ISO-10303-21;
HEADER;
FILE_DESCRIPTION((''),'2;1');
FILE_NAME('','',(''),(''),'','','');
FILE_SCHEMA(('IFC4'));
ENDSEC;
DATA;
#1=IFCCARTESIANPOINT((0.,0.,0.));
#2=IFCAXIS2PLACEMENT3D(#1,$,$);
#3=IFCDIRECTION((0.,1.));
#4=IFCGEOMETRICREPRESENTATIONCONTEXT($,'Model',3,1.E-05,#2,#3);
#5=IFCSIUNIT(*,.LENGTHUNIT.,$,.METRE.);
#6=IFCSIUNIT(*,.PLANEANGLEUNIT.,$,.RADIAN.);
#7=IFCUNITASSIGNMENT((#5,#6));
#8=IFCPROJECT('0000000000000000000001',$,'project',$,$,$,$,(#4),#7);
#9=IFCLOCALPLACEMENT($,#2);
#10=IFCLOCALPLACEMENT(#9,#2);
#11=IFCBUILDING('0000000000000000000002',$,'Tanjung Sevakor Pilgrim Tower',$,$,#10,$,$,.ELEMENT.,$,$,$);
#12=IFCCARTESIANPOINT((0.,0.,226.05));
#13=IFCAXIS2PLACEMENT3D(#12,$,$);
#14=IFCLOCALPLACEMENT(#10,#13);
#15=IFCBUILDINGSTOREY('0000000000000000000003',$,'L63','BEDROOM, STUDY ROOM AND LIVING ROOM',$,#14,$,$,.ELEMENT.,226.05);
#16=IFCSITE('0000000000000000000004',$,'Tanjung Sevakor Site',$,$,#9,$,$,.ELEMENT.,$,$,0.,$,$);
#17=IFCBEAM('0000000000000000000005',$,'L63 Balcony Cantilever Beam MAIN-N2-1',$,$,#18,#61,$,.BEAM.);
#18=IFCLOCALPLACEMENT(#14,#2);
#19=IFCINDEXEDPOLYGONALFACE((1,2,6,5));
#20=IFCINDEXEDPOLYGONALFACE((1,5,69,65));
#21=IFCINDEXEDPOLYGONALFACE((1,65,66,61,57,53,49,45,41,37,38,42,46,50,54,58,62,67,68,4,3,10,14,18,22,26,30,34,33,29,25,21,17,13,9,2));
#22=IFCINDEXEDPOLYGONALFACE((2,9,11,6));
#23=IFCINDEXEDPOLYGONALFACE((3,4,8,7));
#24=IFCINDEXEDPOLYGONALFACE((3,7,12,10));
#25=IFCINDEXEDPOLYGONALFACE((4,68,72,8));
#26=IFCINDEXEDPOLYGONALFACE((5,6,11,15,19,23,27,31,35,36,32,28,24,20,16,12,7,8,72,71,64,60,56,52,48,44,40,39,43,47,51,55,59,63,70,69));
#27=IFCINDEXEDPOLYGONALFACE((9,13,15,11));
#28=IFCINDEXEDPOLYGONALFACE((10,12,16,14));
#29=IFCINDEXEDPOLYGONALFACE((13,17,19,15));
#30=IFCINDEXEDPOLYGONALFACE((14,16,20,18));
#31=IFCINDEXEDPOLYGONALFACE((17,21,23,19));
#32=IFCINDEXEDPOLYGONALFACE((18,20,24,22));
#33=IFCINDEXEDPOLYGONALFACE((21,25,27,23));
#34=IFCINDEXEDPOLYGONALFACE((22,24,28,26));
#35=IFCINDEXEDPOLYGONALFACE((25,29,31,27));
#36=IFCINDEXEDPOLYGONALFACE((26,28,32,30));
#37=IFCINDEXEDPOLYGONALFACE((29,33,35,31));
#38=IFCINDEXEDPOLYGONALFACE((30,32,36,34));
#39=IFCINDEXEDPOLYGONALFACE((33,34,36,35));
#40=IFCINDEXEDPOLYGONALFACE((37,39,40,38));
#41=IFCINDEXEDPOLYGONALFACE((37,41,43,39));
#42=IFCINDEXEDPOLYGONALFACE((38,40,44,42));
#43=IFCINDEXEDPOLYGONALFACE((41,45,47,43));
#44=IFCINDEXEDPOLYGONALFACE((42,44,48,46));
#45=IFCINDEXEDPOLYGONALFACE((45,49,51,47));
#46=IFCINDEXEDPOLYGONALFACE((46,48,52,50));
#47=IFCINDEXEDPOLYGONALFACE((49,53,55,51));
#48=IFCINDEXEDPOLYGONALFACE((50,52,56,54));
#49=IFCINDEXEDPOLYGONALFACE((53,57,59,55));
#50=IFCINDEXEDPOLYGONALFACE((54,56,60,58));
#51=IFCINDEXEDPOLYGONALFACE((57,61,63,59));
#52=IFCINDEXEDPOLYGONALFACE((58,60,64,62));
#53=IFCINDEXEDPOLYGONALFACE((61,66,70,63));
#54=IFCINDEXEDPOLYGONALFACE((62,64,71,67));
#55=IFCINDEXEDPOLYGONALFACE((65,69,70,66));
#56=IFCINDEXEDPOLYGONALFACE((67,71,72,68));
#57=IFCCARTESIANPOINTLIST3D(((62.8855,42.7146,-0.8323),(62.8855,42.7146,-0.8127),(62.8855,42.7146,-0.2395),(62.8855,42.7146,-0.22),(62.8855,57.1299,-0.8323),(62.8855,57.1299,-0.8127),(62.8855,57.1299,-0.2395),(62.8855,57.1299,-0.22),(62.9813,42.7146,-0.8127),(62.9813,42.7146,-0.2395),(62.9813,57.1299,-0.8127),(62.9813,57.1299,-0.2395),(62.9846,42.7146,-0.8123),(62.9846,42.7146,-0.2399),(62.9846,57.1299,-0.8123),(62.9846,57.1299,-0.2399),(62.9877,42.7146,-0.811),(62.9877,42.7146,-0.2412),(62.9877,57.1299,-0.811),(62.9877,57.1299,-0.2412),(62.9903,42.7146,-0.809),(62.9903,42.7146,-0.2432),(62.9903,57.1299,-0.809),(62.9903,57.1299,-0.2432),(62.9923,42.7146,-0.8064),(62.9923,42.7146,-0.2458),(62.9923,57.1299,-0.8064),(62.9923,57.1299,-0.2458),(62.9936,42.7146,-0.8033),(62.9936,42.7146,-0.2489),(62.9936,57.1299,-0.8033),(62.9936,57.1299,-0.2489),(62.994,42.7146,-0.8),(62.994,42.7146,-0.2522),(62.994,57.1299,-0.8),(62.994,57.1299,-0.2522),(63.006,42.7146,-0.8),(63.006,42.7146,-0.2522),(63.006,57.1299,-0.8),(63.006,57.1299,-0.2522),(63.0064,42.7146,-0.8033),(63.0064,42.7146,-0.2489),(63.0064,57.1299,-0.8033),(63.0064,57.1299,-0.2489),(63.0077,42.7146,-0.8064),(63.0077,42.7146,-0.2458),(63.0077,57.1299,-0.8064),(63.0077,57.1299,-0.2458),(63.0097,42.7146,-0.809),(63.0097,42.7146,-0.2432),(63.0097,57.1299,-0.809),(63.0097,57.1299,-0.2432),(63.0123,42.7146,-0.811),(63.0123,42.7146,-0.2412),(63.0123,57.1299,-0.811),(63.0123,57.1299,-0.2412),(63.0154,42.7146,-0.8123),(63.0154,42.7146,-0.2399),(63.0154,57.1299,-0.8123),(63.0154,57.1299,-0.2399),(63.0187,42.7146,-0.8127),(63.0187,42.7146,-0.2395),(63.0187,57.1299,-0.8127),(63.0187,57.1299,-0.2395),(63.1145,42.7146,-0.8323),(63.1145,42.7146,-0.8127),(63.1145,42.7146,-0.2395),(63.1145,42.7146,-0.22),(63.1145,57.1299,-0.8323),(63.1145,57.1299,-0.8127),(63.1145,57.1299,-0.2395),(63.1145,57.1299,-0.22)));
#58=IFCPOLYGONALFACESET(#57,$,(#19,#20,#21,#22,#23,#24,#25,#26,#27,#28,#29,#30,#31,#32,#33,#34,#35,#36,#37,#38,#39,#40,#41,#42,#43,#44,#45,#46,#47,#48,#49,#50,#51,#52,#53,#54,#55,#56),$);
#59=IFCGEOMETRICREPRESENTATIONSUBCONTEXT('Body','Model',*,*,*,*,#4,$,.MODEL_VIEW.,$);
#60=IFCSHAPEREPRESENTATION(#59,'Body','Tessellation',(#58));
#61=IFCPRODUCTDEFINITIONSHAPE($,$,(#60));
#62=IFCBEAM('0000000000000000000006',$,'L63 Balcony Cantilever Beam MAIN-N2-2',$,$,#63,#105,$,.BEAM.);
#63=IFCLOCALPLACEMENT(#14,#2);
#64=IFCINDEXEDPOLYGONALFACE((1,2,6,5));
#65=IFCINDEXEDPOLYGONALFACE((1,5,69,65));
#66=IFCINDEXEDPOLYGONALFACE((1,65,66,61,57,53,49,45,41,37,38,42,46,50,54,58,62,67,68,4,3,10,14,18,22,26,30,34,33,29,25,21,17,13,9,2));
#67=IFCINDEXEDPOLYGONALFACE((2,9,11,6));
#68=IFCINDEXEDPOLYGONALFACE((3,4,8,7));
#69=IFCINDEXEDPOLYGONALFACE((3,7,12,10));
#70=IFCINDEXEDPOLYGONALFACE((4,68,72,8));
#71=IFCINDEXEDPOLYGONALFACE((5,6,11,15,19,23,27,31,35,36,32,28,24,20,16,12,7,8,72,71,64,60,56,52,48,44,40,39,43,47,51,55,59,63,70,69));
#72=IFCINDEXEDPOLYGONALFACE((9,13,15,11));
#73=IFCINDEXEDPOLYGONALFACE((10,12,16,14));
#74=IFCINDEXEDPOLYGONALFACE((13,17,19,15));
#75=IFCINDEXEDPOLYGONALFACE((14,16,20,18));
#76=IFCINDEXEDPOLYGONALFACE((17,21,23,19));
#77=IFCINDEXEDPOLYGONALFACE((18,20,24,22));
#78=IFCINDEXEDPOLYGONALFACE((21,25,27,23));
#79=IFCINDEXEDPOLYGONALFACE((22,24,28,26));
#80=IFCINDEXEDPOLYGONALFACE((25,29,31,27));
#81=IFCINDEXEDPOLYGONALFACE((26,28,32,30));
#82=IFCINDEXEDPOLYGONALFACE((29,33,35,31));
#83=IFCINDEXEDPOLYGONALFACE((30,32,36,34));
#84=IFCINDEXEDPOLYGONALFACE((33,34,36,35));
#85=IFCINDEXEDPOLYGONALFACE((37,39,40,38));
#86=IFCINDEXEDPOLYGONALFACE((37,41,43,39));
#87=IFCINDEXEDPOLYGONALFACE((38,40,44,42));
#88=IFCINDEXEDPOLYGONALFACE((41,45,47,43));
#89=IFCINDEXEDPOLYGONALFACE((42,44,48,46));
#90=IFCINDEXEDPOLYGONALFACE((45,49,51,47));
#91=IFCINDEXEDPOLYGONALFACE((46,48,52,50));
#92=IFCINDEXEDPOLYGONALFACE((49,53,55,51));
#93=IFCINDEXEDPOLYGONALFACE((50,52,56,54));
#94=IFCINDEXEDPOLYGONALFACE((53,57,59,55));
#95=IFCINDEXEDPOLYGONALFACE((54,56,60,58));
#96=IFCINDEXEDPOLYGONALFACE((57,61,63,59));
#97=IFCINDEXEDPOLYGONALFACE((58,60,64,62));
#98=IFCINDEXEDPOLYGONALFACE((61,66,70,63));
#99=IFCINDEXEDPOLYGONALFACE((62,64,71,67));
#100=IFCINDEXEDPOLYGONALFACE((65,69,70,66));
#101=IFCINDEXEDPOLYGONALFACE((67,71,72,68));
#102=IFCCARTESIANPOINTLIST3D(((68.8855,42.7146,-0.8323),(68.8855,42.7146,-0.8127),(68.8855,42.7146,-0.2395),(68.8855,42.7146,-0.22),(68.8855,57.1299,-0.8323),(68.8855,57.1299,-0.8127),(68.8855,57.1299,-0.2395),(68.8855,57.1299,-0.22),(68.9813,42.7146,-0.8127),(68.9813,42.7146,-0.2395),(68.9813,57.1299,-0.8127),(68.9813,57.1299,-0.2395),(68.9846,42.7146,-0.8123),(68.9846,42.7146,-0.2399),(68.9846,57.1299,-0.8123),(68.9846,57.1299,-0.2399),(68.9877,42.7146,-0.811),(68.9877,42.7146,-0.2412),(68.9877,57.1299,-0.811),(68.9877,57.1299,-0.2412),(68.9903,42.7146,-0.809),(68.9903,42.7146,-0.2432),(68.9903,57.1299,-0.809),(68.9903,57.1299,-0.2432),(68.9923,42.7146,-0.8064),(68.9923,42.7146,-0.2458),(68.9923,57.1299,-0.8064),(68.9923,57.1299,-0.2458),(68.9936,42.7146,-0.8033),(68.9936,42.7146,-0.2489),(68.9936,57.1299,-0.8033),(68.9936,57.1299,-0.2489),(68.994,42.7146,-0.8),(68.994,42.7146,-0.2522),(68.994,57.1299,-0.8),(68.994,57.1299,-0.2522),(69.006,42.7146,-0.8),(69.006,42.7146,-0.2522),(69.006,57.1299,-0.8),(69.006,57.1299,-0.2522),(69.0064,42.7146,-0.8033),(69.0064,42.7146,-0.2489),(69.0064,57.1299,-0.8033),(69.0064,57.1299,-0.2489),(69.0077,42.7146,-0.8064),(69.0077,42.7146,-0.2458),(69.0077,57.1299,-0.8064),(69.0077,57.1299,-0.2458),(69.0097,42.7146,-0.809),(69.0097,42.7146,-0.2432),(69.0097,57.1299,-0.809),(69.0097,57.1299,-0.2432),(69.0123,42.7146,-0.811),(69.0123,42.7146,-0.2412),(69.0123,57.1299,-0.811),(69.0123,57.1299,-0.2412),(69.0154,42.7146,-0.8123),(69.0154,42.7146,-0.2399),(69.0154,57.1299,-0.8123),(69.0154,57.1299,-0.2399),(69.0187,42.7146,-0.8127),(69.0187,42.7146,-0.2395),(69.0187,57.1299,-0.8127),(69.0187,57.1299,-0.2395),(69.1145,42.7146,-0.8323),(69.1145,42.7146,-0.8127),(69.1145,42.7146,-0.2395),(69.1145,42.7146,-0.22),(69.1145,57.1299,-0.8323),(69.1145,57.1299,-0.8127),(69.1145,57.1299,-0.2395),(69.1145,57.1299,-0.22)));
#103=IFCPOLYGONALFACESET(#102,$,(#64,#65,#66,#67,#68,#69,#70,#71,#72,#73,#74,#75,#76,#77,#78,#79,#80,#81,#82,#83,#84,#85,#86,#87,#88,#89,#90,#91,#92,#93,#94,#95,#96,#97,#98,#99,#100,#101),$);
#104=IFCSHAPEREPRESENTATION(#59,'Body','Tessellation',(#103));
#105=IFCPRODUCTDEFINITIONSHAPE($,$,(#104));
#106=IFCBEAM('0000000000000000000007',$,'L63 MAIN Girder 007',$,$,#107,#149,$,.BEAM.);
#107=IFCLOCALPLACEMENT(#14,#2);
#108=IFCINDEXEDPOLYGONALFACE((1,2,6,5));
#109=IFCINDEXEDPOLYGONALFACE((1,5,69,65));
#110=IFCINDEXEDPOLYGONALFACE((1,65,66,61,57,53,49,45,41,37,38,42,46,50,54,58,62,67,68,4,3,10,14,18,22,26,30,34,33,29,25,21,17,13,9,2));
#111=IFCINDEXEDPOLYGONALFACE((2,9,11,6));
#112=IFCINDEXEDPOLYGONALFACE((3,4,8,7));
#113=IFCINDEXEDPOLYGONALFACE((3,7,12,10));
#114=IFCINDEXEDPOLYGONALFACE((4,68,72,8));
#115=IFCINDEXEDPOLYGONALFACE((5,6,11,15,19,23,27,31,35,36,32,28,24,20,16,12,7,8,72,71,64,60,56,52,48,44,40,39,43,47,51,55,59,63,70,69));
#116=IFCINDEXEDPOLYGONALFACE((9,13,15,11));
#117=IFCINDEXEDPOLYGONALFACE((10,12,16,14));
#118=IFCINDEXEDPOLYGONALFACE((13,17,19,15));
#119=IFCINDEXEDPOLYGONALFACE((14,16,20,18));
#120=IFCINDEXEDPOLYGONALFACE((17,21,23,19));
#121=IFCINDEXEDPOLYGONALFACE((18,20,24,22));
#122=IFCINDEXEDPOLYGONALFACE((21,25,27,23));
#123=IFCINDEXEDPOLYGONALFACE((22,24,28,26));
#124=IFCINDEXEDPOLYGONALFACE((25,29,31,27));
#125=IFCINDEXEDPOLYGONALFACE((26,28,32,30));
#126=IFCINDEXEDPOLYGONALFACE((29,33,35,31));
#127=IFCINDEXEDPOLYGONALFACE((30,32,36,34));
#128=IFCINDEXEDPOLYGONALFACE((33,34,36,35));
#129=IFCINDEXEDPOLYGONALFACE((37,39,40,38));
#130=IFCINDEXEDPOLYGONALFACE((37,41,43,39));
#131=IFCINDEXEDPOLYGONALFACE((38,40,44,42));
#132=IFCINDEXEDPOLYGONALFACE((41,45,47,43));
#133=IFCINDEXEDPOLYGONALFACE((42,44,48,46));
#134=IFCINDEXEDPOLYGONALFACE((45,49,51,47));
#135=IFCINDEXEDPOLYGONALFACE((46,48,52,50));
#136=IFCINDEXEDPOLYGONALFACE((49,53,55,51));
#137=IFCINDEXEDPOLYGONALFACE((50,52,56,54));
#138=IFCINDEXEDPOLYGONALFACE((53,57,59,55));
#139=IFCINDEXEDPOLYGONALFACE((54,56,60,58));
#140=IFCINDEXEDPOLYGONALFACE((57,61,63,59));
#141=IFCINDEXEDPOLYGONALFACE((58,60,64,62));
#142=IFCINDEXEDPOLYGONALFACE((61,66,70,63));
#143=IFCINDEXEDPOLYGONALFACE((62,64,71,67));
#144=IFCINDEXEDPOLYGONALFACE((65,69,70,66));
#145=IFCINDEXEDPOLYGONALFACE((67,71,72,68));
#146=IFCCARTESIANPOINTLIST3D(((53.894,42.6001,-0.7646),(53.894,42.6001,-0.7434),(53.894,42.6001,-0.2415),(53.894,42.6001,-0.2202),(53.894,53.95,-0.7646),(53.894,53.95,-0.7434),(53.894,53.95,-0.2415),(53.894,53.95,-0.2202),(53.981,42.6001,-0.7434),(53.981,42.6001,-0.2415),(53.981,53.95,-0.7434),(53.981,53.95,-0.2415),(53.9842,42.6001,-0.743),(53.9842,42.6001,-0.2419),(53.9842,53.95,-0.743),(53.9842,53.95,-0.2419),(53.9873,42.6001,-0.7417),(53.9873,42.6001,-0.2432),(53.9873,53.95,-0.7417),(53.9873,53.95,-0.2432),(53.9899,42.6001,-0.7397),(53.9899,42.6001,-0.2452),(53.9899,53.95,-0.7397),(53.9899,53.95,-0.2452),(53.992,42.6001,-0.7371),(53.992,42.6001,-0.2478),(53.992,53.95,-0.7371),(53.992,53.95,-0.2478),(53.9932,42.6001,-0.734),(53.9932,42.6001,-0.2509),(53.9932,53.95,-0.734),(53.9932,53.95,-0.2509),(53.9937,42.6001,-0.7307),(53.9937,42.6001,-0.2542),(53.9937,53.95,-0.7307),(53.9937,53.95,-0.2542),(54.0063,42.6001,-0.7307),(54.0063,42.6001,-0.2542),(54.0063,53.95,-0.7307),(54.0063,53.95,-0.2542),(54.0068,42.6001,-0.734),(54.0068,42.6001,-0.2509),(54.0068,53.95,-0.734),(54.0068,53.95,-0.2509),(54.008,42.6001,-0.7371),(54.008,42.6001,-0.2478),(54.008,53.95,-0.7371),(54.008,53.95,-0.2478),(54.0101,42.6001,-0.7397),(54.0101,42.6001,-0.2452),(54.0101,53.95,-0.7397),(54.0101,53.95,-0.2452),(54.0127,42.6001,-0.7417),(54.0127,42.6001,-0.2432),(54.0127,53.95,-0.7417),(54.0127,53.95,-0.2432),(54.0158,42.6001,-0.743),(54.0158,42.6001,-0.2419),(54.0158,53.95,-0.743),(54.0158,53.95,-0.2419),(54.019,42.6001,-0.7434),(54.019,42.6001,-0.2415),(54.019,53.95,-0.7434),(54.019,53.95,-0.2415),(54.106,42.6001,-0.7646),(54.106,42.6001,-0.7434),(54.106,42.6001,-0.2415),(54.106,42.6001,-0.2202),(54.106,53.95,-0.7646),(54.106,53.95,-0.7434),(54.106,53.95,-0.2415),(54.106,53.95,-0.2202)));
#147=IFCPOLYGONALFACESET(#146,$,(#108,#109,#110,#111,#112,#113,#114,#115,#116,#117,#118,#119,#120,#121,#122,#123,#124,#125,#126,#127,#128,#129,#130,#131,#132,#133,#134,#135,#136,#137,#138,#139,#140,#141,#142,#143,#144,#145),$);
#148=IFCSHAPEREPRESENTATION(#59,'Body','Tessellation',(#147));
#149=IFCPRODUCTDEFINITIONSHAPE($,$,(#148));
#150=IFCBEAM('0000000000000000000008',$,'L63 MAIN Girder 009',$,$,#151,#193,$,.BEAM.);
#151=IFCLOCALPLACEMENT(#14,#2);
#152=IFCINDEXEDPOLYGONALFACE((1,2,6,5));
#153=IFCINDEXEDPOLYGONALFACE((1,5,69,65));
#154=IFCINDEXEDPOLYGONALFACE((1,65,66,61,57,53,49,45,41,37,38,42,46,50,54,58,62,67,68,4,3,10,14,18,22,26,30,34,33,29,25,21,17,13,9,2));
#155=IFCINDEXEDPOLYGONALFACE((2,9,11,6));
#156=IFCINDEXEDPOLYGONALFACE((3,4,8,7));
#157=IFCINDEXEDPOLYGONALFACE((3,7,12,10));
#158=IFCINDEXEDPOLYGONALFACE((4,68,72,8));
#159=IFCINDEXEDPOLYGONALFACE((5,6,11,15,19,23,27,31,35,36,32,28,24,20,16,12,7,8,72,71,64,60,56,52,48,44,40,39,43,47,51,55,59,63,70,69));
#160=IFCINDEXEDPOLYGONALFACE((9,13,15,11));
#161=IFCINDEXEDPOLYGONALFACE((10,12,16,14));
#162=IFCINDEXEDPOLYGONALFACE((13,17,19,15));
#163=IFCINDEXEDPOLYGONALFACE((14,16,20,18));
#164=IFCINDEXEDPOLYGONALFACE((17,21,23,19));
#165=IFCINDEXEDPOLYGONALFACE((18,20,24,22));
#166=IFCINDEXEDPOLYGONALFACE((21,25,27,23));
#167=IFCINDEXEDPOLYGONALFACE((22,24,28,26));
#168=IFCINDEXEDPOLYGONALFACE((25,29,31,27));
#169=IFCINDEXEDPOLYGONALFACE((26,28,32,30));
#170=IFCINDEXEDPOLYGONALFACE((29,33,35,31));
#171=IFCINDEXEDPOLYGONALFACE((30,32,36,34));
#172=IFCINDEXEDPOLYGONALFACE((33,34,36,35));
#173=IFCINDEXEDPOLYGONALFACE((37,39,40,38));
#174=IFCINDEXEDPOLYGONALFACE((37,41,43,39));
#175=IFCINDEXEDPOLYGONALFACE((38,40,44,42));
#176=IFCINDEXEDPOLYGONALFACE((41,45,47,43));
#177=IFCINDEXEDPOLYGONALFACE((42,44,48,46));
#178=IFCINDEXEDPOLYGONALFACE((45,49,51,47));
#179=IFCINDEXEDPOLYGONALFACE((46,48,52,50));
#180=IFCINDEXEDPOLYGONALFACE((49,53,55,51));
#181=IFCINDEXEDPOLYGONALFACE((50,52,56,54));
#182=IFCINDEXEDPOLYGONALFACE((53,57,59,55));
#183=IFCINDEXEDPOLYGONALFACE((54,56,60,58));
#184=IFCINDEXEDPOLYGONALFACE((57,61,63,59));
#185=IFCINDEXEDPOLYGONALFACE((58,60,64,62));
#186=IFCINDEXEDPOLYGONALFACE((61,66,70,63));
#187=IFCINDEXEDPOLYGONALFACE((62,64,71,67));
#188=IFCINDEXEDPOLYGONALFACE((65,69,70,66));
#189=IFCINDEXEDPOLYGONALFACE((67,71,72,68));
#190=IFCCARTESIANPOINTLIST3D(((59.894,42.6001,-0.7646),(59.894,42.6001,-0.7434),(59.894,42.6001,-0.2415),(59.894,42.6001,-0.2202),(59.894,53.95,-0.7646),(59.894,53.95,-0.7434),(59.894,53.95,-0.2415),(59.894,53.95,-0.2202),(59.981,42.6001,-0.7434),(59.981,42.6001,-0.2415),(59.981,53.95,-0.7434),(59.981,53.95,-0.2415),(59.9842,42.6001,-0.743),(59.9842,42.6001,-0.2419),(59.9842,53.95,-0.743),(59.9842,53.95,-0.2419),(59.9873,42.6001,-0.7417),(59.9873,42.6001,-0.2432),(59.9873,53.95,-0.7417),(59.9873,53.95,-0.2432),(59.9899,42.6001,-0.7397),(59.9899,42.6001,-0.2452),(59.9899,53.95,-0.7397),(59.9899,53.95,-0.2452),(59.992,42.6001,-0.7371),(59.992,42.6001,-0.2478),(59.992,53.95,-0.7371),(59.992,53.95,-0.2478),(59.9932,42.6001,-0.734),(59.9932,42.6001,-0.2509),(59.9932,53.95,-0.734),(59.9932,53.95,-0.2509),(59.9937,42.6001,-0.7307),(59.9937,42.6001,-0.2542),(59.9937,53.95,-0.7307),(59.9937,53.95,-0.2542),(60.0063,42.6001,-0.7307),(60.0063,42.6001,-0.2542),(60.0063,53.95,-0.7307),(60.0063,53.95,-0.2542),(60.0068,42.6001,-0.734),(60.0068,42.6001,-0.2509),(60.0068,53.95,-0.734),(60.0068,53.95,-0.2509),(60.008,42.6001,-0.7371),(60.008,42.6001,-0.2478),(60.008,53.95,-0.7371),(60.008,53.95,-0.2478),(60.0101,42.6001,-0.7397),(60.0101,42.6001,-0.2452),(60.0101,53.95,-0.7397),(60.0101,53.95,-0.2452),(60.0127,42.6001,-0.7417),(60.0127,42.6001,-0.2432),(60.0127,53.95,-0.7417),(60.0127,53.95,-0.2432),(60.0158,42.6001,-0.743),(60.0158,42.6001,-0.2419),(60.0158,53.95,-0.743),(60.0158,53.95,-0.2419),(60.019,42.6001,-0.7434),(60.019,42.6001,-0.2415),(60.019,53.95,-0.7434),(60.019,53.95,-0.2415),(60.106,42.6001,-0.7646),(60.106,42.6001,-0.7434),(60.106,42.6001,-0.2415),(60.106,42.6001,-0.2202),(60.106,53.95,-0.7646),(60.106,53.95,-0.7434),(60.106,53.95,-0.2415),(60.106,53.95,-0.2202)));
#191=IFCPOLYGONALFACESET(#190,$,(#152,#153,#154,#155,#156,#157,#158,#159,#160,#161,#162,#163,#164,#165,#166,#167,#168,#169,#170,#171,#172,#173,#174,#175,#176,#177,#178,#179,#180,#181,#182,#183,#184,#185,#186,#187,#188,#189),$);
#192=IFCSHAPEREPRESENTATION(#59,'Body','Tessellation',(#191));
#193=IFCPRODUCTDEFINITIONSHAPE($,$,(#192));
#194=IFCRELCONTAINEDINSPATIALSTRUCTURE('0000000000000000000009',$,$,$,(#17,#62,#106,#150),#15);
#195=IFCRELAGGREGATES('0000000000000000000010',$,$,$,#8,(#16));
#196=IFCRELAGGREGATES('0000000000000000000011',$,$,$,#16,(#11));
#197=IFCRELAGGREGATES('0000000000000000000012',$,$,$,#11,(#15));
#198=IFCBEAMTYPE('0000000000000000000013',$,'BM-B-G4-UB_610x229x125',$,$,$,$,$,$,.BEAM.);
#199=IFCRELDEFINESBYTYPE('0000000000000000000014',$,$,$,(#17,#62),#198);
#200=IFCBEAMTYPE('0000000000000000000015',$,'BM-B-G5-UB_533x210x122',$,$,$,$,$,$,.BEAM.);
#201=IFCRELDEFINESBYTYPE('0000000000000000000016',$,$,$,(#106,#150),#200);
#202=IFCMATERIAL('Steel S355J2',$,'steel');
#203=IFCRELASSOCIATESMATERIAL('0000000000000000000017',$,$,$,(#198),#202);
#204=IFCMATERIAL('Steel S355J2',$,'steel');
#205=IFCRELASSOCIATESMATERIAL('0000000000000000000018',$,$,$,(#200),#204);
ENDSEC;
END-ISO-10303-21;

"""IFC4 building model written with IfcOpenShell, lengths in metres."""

from ifc_helpers import new_model, si_unit, direction, frame, origin, origin_2d, place, context, subcontext, project, spatial, i_section, extrude, material, material_profile, profile_set, type_object, element, save


model = new_model("IFC4")

# Units and contexts
model_context = context("Model", 3, precision=1e-05, world=origin(), true_north=direction((0.0, 1.0)))
body_context = subcontext(model_context, "Body", "Model", "MODEL_VIEW")
ifc_project = project(units=[si_unit("LENGTHUNIT", "METRE"), si_unit("PLANEANGLEUNIT", "RADIAN")], contexts=[model_context])

# Site, building, storey
site_placement = place(None, origin())
site = spatial("IfcSite", under=ifc_project, at=site_placement, Name="Tanjung Sevakor Site", CompositionType="ELEMENT", RefElevation=0.0)
building_placement = place(site_placement, origin())
building = spatial("IfcBuilding", under=site, at=building_placement, Name="Tanjung Sevakor Pilgrim Tower", CompositionType="ELEMENT")
storey_placement = place(building_placement, frame((0.0, 0.0, 226.05)))
storey = spatial("IfcBuildingStorey", under=building, at=storey_placement, Name="L63", Description="BEDROOM, STUDY ROOM AND LIVING ROOM", CompositionType="ELEMENT", Elevation=226.05)

# Beams
ifc_material_1 = material(Name="Steel S355J2", Category="steel")
ifc_material_profile_1 = material_profile(ifc_material_1, i_section(OverallWidth=0.229, OverallDepth=0.6123, WebThickness=0.012, FlangeThickness=0.0195, FilletRadius=0.0127, at=origin_2d()))
ifc_profile_set_1 = profile_set([ifc_material_profile_1], Name="Steel S355J2")
beam_type_1 = type_object("IfcBeamType", Name="BM-B-G4-UB_610x229x125", PredefinedType="BEAM", material=ifc_profile_set_1)
for number, where, z_axis, x_axis, name in (
    (1, (63.0, 42.7146, -0.5261), (0.0, 1.0, 0.0), (-1.0, 0.0, 0.0), "L63 Balcony Cantilever Beam MAIN-N2-1"),
    (2, (69.0, 42.7146, -0.5261), (0.0, 1.0, 0.0), (-1.0, 0.0, 0.0), "L63 Balcony Cantilever Beam MAIN-N2-2"),
):
    element("IfcBeam", number, at=place(storey_placement, frame(where, z_axis=z_axis, x_axis=x_axis)), inside=storey, type_object=beam_type_1, Name=name, PredefinedType="BEAM", context=body_context, shape_type="SweptSolid", body=[
        extrude(i_section(OverallWidth=0.229, OverallDepth=0.6123, WebThickness=0.012, FlangeThickness=0.0195, FilletRadius=0.0127, at=origin_2d()), origin(), (0.0, 0.0, 1.0), 14.4153),
    ])
ifc_material_2 = material(Name="Steel S355J2", Category="steel")
ifc_material_profile_2 = material_profile(ifc_material_2, i_section(OverallWidth=0.2119, OverallDepth=0.5444, WebThickness=0.0127, FlangeThickness=0.0212, FilletRadius=0.0127, at=origin_2d()))
ifc_profile_set_2 = profile_set([ifc_material_profile_2], Name="Steel S355J2")
beam_type_2 = type_object("IfcBeamType", Name="BM-B-G5-UB_533x210x122", PredefinedType="BEAM", material=ifc_profile_set_2)
for number, where, z_axis, x_axis, name in (
    (3, (54.0, 42.6001, -0.4924), (0.0, 1.0, 0.0), (-1.0, 0.0, 0.0), "L63 MAIN Girder 007"),
    (4, (60.0, 42.6001, -0.4924), (0.0, 1.0, 0.0), (-1.0, 0.0, 0.0), "L63 MAIN Girder 009"),
):
    element("IfcBeam", number, at=place(storey_placement, frame(where, z_axis=z_axis, x_axis=x_axis)), inside=storey, type_object=beam_type_2, Name=name, PredefinedType="BEAM", context=body_context, shape_type="SweptSolid", body=[
        extrude(i_section(OverallWidth=0.2119, OverallDepth=0.5444, WebThickness=0.0127, FlangeThickness=0.0212, FilletRadius=0.0127, at=origin_2d()), origin(), (0.0, 0.0, 1.0), 11.3499),
    ])

save(model, "model.ifc")
